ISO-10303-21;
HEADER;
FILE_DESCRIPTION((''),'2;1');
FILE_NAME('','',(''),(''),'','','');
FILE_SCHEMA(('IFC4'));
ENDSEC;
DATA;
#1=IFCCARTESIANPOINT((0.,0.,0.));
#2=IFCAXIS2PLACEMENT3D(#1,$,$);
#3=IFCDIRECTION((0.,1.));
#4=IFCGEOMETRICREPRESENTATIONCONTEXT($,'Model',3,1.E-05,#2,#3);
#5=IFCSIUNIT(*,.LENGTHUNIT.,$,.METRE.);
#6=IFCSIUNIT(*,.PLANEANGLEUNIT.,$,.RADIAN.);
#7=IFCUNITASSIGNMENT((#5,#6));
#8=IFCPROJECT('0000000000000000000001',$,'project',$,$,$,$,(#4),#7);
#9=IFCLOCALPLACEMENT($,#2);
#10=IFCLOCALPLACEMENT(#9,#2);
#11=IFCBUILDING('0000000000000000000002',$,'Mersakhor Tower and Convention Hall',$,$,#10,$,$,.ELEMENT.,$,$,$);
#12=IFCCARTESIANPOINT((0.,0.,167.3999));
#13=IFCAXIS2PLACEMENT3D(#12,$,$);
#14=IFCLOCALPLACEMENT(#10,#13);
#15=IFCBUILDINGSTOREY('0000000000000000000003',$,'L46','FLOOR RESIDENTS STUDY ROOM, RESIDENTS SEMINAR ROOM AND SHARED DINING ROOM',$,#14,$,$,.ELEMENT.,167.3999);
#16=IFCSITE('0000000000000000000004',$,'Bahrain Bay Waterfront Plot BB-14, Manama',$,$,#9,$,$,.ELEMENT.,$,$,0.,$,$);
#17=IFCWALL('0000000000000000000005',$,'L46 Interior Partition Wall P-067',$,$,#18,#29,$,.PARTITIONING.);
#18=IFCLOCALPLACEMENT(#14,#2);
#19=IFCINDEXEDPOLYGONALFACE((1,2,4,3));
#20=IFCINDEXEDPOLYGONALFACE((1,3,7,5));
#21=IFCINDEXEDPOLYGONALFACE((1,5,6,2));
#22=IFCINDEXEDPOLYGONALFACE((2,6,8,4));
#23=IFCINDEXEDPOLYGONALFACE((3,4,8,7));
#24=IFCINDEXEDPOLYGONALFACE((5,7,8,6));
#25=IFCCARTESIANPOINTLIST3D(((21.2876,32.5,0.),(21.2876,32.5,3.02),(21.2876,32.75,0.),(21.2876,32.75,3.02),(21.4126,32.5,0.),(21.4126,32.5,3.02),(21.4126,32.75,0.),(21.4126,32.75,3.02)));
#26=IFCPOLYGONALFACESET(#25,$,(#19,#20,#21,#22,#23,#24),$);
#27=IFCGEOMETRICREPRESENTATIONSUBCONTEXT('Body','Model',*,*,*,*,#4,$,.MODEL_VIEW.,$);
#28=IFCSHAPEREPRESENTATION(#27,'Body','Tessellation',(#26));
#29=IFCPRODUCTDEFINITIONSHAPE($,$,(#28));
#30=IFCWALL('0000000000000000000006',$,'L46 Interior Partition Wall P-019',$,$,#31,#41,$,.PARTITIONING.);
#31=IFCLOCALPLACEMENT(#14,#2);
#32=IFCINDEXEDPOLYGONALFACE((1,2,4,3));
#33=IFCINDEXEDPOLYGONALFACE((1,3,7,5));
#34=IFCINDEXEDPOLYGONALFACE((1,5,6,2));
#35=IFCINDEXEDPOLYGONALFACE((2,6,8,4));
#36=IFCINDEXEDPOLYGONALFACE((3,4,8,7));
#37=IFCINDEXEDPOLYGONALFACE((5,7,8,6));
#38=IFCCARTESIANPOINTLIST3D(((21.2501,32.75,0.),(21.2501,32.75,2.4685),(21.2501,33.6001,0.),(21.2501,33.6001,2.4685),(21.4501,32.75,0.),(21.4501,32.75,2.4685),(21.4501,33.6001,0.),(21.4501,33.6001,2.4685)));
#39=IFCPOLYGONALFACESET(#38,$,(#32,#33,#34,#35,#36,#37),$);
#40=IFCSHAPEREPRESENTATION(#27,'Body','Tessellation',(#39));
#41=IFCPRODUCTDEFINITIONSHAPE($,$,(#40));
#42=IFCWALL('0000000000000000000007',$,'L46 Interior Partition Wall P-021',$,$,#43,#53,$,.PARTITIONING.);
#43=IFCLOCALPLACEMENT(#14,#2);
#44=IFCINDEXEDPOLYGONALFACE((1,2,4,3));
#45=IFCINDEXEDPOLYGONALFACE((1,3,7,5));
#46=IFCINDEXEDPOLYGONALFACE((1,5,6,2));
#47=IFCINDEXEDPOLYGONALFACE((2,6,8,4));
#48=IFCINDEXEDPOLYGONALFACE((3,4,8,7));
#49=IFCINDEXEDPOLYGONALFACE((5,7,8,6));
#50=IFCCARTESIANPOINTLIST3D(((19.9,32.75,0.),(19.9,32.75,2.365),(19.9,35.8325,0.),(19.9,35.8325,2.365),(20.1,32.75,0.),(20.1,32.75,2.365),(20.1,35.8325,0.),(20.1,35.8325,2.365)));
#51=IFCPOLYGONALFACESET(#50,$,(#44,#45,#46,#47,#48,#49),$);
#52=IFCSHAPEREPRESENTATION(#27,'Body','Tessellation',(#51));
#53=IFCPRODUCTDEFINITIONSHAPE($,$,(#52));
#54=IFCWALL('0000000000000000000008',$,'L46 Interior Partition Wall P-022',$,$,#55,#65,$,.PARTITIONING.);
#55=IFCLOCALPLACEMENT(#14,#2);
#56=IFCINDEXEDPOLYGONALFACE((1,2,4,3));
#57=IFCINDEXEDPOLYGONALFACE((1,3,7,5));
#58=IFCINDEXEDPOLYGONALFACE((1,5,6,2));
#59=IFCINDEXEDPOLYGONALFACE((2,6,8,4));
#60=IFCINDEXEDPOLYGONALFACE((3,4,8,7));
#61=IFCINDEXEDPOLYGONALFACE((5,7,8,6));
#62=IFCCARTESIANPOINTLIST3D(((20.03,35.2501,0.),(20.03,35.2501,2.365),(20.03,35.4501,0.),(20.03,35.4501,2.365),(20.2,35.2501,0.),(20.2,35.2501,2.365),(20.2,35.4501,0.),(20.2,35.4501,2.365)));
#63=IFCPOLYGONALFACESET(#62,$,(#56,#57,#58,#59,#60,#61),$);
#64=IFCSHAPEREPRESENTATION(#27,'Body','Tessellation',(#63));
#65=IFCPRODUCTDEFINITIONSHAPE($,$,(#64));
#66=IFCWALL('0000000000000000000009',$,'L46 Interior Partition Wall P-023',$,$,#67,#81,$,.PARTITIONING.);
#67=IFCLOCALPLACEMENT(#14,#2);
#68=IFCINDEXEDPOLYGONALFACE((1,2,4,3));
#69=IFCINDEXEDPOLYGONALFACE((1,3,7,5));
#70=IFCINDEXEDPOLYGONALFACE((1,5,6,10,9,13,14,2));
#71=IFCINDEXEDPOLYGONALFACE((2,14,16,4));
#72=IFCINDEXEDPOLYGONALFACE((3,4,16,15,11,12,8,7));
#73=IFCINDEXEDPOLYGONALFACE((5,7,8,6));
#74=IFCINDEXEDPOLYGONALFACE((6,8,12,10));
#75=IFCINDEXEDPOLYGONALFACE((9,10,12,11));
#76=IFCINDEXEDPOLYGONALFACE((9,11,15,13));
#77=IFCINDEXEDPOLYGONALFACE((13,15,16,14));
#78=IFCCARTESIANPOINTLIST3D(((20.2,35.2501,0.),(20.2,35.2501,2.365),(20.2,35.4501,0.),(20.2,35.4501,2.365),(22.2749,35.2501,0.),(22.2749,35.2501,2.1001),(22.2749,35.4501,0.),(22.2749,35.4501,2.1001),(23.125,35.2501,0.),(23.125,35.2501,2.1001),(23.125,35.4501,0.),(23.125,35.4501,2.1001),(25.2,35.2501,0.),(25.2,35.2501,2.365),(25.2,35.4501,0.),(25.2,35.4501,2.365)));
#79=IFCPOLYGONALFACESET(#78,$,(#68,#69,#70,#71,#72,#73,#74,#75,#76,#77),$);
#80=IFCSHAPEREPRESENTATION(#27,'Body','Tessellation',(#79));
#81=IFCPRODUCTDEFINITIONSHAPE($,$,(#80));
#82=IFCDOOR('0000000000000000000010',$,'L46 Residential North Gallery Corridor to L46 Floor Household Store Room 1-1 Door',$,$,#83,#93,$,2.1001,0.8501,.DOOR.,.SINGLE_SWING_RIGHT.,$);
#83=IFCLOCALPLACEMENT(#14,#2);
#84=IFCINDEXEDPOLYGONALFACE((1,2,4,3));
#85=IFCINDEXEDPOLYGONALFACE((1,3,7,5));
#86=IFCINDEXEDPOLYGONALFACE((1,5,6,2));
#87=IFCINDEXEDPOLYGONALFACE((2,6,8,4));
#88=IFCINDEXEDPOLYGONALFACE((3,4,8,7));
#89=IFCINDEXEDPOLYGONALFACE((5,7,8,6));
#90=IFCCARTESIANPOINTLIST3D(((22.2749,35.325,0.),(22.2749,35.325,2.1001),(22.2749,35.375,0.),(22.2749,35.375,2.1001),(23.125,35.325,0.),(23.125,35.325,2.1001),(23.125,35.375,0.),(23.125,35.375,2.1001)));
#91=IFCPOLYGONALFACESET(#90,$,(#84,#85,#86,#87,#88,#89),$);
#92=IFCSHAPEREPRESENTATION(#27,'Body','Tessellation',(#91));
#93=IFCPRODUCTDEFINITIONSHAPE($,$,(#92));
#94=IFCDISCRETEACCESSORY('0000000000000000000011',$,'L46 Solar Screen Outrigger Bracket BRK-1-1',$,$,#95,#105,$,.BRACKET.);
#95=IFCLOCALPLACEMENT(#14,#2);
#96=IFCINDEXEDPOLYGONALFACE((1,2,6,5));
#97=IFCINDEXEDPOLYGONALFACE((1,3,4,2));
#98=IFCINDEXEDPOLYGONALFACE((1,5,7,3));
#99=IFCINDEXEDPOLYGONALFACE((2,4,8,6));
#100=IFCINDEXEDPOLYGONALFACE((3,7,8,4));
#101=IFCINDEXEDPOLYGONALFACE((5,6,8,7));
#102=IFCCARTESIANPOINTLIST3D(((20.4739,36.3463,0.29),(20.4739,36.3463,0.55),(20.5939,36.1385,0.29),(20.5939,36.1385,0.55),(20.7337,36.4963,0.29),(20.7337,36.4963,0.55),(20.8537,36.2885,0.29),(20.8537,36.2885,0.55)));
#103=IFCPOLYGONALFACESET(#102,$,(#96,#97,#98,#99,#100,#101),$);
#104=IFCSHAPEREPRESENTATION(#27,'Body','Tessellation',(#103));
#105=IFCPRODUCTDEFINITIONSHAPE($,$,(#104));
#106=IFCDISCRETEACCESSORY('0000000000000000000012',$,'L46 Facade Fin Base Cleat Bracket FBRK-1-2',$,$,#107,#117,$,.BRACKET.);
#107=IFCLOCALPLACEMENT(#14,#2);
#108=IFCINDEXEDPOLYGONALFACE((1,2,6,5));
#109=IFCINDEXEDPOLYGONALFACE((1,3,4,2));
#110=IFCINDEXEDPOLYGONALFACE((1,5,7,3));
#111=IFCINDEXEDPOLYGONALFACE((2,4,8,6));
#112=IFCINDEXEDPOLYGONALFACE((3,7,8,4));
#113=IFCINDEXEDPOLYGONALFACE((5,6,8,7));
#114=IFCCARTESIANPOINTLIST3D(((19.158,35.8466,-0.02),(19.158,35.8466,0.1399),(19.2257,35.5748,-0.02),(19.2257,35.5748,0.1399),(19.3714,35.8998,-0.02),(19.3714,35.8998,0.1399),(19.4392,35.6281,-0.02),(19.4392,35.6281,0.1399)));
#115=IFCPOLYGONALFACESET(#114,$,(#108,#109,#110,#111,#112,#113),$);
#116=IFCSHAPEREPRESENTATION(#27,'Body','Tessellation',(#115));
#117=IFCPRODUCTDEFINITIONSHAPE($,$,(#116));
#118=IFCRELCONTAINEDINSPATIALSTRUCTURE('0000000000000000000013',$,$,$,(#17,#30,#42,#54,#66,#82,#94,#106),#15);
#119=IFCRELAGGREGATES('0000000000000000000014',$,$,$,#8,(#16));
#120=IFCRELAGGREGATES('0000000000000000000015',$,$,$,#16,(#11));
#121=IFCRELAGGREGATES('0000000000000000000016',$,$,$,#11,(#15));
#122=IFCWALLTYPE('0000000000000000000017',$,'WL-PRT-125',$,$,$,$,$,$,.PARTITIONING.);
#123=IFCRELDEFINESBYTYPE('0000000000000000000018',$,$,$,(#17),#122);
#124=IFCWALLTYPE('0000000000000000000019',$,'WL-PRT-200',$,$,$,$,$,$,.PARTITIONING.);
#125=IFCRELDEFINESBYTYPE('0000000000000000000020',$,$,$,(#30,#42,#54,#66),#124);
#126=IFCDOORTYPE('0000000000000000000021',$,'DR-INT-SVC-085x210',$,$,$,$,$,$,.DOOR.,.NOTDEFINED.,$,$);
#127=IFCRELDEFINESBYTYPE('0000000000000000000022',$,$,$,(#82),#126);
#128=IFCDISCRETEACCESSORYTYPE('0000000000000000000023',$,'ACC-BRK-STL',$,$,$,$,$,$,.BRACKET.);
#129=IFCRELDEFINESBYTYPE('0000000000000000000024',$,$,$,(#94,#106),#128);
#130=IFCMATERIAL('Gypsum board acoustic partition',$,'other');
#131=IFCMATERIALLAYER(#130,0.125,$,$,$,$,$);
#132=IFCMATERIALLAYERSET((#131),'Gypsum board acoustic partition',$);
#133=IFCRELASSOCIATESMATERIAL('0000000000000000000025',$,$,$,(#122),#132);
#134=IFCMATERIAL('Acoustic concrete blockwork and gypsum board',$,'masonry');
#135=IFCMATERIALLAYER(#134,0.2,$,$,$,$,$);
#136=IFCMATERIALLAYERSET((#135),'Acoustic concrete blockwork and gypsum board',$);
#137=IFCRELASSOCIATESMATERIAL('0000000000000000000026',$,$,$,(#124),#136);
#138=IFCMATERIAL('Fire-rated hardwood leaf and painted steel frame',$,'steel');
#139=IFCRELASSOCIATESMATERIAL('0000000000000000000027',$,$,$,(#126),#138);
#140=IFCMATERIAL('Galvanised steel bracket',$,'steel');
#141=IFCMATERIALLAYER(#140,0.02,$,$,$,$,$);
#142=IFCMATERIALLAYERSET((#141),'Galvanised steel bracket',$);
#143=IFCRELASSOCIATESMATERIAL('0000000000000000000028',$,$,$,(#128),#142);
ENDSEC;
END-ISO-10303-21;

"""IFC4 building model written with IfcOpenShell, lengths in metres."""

from ifc_helpers import new_model, si_unit, direction, frame, frame_2d, origin, origin_2d, place, context, subcontext, project, spatial, rectangle, extrude, material, layer, layer_set, type_object, element, fill, save


model = new_model("IFC4")

# Units and contexts
model_context = context("Model", 3, precision=1e-05, world=origin(), true_north=direction((0.0, 1.0)))
body_context = subcontext(model_context, "Body", "Model", "MODEL_VIEW")
ifc_project = project(units=[si_unit("LENGTHUNIT", "METRE"), si_unit("PLANEANGLEUNIT", "RADIAN")], contexts=[model_context])

# Site, building, storey
site_placement = place(None, origin())
site = spatial("IfcSite", under=ifc_project, at=site_placement, Name="Bahrain Bay Waterfront Plot BB-14, Manama", CompositionType="ELEMENT", RefElevation=0.0)
building_placement = place(site_placement, origin())
building = spatial("IfcBuilding", under=site, at=building_placement, Name="Mersakhor Tower and Convention Hall", CompositionType="ELEMENT")
storey_placement = place(building_placement, frame((0.0, 0.0, 167.3999)))
storey = spatial("IfcBuildingStorey", under=building, at=storey_placement, Name="L46", Description="FLOOR RESIDENTS STUDY ROOM, RESIDENTS SEMINAR ROOM AND SHARED DINING ROOM", CompositionType="ELEMENT", Elevation=167.3999)

# Walls
ifc_material_1 = material(Name="Gypsum board acoustic partition", Category="other")
ifc_layer_1 = layer(ifc_material_1, 0.125)
ifc_layer_set_1 = layer_set([ifc_layer_1], Name="Gypsum board acoustic partition")
wall_type_1 = type_object("IfcWallType", Name="WL-PRT-125", PredefinedType="PARTITIONING", material=ifc_layer_set_1)
wall_1_placement = place(storey_placement, frame((21.3501, 32.75, 0.0), z_axis=(0.0, 0.0, 1.0), x_axis=(0.0, -1.0, 0.0)))
element("IfcWall", 1, at=wall_1_placement, inside=storey, type_object=wall_type_1, Name="L46 Interior Partition Wall P-067", PredefinedType="PARTITIONING", context=body_context, shape_type="SweptSolid", body=[
    extrude(rectangle(XDim=0.25, YDim=0.125, at=frame_2d((0.125, 0.0))), origin(), (0.0, 0.0, 1.0), 3.02),
])
ifc_material_2 = material(Name="Acoustic concrete blockwork and gypsum board", Category="masonry")
ifc_layer_2 = layer(ifc_material_2, 0.2)
ifc_layer_set_2 = layer_set([ifc_layer_2], Name="Acoustic concrete blockwork and gypsum board")
wall_type_2 = type_object("IfcWallType", Name="WL-PRT-200", PredefinedType="PARTITIONING", material=ifc_layer_set_2)
wall_2_placement = place(storey_placement, frame((21.3501, 33.6001, 0.0), z_axis=(0.0, 0.0, 1.0), x_axis=(0.0, -1.0, 0.0)))
element("IfcWall", 2, at=wall_2_placement, inside=storey, type_object=wall_type_2, Name="L46 Interior Partition Wall P-019", PredefinedType="PARTITIONING", context=body_context, shape_type="SweptSolid", body=[
    extrude(rectangle(XDim=0.8501, YDim=0.2, at=frame_2d((0.425, 0.0))), origin(), (0.0, 0.0, 1.0), 2.4685),
])

# Walls
wall_3_placement = place(storey_placement, frame((20.0, 32.75, 0.0), z_axis=(0.0, 0.0, 1.0), x_axis=(0.0, 1.0, 0.0)))
element("IfcWall", 3, at=wall_3_placement, inside=storey, type_object=wall_type_2, Name="L46 Interior Partition Wall P-021", PredefinedType="PARTITIONING", context=body_context, shape_type="SweptSolid", body=[
    extrude(rectangle(XDim=3.0825, YDim=0.2, at=frame_2d((1.5413, 0.0))), origin(), (0.0, 0.0, 1.0), 2.365),
])
wall_4_placement = place(storey_placement, frame((20.03, 35.3501, 0.0), z_axis=(0.0, 0.0, 1.0), x_axis=(1.0, 0.0, 0.0)))
element("IfcWall", 4, at=wall_4_placement, inside=storey, type_object=wall_type_2, Name="L46 Interior Partition Wall P-022", PredefinedType="PARTITIONING", context=body_context, shape_type="SweptSolid", body=[
    extrude(rectangle(XDim=0.1699, YDim=0.2, at=frame_2d((0.085, 0.0))), origin(), (0.0, 0.0, 1.0), 2.365),
])

# Wall, opening, door
wall_5_placement = place(storey_placement, frame((20.2, 35.3501, 0.0), z_axis=(0.0, 0.0, 1.0), x_axis=(1.0, 0.0, 0.0)))
wall_5 = element("IfcWall", 5, at=wall_5_placement, inside=storey, type_object=wall_type_2, Name="L46 Interior Partition Wall P-023", PredefinedType="PARTITIONING", context=body_context, shape_type="SweptSolid", body=[
    extrude(rectangle(XDim=5.0, YDim=0.2, at=frame_2d((2.5, 0.0))), origin(), (0.0, 0.0, 1.0), 2.365),
])
opening_1_placement = place(wall_5_placement, frame((2.075, 0.0, 0.0)))
opening_1 = element("IfcOpeningElement", 6, at=opening_1_placement, cuts=wall_5, PredefinedType="OPENING", context=body_context, shape_type="SweptSolid", body=[
    extrude(rectangle(XDim=0.8501, YDim=2.1001, at=frame_2d((0.425, 1.05))), frame((0.0, 0.1099, 0.0), z_axis=(0.0, -1.0, 0.0), x_axis=(1.0, 0.0, 0.0)), (0.0, 0.0, 1.0), 0.22),
])
ifc_material_3 = material(Name="Fire-rated hardwood leaf and painted steel frame", Category="steel")
door_type_1 = type_object("IfcDoorType", Name="DR-INT-SVC-085x210", OperationType="NOTDEFINED", PredefinedType="DOOR", material=ifc_material_3)
door_1_placement = place(opening_1_placement, origin())
door_1 = element("IfcDoor", 7, at=door_1_placement, inside=storey, type_object=door_type_1, Name="L46 Residential North Gallery Corridor to L46 Floor Household Store Room 1-1 Door", OperationType="SINGLE_SWING_RIGHT", OverallHeight=2.1001, OverallWidth=0.8501, PredefinedType="DOOR", context=body_context, shape_type="SweptSolid", body=[
    extrude(rectangle(XDim=0.8501, YDim=2.1001, at=frame_2d((0.425, 1.05))), frame((0.0, 0.0249, 0.0), z_axis=(0.0, -1.0, 0.0), x_axis=(1.0, 0.0, 0.0)), (0.0, 0.0, 1.0), 0.05),
])
fill(opening_1, door_1)

# Discrete accessories
ifc_material_4 = material(Name="Galvanised steel bracket", Category="steel")
ifc_layer_3 = layer(ifc_material_4, 0.02)
ifc_layer_set_3 = layer_set([ifc_layer_3], Name="Galvanised steel bracket")
discrete_accessory_type = type_object("IfcDiscreteAccessoryType", Name="ACC-BRK-STL", PredefinedType="BRACKET", material=ifc_layer_set_3)
discrete_accessory_1_placement = place(storey_placement, frame((20.6638, 36.3174, 0.29), z_axis=(0.0, 0.0, 1.0), x_axis=(0.866025, 0.5, 0.0)))
element("IfcDiscreteAccessory", 8, at=discrete_accessory_1_placement, inside=storey, type_object=discrete_accessory_type, Name="L46 Solar Screen Outrigger Bracket BRK-1-1", PredefinedType="BRACKET", context=body_context, shape_type="SweptSolid", body=[
    extrude(rectangle(XDim=0.3, YDim=0.24, at=origin_2d()), origin(), (0.0, 0.0, 1.0), 0.26),
])
discrete_accessory_2_placement = place(storey_placement, frame((19.2986, 35.7373, -0.02), z_axis=(0.0, 0.0, 1.0), x_axis=(-0.241922, 0.970296, 0.0)))
element("IfcDiscreteAccessory", 9, at=discrete_accessory_2_placement, inside=storey, type_object=discrete_accessory_type, Name="L46 Facade Fin Base Cleat Bracket FBRK-1-2", PredefinedType="BRACKET", context=body_context, shape_type="SweptSolid", body=[
    extrude(rectangle(XDim=0.28, YDim=0.22, at=origin_2d()), origin(), (0.0, 0.0, 1.0), 0.1599),
])

save(model, "model.ifc")
